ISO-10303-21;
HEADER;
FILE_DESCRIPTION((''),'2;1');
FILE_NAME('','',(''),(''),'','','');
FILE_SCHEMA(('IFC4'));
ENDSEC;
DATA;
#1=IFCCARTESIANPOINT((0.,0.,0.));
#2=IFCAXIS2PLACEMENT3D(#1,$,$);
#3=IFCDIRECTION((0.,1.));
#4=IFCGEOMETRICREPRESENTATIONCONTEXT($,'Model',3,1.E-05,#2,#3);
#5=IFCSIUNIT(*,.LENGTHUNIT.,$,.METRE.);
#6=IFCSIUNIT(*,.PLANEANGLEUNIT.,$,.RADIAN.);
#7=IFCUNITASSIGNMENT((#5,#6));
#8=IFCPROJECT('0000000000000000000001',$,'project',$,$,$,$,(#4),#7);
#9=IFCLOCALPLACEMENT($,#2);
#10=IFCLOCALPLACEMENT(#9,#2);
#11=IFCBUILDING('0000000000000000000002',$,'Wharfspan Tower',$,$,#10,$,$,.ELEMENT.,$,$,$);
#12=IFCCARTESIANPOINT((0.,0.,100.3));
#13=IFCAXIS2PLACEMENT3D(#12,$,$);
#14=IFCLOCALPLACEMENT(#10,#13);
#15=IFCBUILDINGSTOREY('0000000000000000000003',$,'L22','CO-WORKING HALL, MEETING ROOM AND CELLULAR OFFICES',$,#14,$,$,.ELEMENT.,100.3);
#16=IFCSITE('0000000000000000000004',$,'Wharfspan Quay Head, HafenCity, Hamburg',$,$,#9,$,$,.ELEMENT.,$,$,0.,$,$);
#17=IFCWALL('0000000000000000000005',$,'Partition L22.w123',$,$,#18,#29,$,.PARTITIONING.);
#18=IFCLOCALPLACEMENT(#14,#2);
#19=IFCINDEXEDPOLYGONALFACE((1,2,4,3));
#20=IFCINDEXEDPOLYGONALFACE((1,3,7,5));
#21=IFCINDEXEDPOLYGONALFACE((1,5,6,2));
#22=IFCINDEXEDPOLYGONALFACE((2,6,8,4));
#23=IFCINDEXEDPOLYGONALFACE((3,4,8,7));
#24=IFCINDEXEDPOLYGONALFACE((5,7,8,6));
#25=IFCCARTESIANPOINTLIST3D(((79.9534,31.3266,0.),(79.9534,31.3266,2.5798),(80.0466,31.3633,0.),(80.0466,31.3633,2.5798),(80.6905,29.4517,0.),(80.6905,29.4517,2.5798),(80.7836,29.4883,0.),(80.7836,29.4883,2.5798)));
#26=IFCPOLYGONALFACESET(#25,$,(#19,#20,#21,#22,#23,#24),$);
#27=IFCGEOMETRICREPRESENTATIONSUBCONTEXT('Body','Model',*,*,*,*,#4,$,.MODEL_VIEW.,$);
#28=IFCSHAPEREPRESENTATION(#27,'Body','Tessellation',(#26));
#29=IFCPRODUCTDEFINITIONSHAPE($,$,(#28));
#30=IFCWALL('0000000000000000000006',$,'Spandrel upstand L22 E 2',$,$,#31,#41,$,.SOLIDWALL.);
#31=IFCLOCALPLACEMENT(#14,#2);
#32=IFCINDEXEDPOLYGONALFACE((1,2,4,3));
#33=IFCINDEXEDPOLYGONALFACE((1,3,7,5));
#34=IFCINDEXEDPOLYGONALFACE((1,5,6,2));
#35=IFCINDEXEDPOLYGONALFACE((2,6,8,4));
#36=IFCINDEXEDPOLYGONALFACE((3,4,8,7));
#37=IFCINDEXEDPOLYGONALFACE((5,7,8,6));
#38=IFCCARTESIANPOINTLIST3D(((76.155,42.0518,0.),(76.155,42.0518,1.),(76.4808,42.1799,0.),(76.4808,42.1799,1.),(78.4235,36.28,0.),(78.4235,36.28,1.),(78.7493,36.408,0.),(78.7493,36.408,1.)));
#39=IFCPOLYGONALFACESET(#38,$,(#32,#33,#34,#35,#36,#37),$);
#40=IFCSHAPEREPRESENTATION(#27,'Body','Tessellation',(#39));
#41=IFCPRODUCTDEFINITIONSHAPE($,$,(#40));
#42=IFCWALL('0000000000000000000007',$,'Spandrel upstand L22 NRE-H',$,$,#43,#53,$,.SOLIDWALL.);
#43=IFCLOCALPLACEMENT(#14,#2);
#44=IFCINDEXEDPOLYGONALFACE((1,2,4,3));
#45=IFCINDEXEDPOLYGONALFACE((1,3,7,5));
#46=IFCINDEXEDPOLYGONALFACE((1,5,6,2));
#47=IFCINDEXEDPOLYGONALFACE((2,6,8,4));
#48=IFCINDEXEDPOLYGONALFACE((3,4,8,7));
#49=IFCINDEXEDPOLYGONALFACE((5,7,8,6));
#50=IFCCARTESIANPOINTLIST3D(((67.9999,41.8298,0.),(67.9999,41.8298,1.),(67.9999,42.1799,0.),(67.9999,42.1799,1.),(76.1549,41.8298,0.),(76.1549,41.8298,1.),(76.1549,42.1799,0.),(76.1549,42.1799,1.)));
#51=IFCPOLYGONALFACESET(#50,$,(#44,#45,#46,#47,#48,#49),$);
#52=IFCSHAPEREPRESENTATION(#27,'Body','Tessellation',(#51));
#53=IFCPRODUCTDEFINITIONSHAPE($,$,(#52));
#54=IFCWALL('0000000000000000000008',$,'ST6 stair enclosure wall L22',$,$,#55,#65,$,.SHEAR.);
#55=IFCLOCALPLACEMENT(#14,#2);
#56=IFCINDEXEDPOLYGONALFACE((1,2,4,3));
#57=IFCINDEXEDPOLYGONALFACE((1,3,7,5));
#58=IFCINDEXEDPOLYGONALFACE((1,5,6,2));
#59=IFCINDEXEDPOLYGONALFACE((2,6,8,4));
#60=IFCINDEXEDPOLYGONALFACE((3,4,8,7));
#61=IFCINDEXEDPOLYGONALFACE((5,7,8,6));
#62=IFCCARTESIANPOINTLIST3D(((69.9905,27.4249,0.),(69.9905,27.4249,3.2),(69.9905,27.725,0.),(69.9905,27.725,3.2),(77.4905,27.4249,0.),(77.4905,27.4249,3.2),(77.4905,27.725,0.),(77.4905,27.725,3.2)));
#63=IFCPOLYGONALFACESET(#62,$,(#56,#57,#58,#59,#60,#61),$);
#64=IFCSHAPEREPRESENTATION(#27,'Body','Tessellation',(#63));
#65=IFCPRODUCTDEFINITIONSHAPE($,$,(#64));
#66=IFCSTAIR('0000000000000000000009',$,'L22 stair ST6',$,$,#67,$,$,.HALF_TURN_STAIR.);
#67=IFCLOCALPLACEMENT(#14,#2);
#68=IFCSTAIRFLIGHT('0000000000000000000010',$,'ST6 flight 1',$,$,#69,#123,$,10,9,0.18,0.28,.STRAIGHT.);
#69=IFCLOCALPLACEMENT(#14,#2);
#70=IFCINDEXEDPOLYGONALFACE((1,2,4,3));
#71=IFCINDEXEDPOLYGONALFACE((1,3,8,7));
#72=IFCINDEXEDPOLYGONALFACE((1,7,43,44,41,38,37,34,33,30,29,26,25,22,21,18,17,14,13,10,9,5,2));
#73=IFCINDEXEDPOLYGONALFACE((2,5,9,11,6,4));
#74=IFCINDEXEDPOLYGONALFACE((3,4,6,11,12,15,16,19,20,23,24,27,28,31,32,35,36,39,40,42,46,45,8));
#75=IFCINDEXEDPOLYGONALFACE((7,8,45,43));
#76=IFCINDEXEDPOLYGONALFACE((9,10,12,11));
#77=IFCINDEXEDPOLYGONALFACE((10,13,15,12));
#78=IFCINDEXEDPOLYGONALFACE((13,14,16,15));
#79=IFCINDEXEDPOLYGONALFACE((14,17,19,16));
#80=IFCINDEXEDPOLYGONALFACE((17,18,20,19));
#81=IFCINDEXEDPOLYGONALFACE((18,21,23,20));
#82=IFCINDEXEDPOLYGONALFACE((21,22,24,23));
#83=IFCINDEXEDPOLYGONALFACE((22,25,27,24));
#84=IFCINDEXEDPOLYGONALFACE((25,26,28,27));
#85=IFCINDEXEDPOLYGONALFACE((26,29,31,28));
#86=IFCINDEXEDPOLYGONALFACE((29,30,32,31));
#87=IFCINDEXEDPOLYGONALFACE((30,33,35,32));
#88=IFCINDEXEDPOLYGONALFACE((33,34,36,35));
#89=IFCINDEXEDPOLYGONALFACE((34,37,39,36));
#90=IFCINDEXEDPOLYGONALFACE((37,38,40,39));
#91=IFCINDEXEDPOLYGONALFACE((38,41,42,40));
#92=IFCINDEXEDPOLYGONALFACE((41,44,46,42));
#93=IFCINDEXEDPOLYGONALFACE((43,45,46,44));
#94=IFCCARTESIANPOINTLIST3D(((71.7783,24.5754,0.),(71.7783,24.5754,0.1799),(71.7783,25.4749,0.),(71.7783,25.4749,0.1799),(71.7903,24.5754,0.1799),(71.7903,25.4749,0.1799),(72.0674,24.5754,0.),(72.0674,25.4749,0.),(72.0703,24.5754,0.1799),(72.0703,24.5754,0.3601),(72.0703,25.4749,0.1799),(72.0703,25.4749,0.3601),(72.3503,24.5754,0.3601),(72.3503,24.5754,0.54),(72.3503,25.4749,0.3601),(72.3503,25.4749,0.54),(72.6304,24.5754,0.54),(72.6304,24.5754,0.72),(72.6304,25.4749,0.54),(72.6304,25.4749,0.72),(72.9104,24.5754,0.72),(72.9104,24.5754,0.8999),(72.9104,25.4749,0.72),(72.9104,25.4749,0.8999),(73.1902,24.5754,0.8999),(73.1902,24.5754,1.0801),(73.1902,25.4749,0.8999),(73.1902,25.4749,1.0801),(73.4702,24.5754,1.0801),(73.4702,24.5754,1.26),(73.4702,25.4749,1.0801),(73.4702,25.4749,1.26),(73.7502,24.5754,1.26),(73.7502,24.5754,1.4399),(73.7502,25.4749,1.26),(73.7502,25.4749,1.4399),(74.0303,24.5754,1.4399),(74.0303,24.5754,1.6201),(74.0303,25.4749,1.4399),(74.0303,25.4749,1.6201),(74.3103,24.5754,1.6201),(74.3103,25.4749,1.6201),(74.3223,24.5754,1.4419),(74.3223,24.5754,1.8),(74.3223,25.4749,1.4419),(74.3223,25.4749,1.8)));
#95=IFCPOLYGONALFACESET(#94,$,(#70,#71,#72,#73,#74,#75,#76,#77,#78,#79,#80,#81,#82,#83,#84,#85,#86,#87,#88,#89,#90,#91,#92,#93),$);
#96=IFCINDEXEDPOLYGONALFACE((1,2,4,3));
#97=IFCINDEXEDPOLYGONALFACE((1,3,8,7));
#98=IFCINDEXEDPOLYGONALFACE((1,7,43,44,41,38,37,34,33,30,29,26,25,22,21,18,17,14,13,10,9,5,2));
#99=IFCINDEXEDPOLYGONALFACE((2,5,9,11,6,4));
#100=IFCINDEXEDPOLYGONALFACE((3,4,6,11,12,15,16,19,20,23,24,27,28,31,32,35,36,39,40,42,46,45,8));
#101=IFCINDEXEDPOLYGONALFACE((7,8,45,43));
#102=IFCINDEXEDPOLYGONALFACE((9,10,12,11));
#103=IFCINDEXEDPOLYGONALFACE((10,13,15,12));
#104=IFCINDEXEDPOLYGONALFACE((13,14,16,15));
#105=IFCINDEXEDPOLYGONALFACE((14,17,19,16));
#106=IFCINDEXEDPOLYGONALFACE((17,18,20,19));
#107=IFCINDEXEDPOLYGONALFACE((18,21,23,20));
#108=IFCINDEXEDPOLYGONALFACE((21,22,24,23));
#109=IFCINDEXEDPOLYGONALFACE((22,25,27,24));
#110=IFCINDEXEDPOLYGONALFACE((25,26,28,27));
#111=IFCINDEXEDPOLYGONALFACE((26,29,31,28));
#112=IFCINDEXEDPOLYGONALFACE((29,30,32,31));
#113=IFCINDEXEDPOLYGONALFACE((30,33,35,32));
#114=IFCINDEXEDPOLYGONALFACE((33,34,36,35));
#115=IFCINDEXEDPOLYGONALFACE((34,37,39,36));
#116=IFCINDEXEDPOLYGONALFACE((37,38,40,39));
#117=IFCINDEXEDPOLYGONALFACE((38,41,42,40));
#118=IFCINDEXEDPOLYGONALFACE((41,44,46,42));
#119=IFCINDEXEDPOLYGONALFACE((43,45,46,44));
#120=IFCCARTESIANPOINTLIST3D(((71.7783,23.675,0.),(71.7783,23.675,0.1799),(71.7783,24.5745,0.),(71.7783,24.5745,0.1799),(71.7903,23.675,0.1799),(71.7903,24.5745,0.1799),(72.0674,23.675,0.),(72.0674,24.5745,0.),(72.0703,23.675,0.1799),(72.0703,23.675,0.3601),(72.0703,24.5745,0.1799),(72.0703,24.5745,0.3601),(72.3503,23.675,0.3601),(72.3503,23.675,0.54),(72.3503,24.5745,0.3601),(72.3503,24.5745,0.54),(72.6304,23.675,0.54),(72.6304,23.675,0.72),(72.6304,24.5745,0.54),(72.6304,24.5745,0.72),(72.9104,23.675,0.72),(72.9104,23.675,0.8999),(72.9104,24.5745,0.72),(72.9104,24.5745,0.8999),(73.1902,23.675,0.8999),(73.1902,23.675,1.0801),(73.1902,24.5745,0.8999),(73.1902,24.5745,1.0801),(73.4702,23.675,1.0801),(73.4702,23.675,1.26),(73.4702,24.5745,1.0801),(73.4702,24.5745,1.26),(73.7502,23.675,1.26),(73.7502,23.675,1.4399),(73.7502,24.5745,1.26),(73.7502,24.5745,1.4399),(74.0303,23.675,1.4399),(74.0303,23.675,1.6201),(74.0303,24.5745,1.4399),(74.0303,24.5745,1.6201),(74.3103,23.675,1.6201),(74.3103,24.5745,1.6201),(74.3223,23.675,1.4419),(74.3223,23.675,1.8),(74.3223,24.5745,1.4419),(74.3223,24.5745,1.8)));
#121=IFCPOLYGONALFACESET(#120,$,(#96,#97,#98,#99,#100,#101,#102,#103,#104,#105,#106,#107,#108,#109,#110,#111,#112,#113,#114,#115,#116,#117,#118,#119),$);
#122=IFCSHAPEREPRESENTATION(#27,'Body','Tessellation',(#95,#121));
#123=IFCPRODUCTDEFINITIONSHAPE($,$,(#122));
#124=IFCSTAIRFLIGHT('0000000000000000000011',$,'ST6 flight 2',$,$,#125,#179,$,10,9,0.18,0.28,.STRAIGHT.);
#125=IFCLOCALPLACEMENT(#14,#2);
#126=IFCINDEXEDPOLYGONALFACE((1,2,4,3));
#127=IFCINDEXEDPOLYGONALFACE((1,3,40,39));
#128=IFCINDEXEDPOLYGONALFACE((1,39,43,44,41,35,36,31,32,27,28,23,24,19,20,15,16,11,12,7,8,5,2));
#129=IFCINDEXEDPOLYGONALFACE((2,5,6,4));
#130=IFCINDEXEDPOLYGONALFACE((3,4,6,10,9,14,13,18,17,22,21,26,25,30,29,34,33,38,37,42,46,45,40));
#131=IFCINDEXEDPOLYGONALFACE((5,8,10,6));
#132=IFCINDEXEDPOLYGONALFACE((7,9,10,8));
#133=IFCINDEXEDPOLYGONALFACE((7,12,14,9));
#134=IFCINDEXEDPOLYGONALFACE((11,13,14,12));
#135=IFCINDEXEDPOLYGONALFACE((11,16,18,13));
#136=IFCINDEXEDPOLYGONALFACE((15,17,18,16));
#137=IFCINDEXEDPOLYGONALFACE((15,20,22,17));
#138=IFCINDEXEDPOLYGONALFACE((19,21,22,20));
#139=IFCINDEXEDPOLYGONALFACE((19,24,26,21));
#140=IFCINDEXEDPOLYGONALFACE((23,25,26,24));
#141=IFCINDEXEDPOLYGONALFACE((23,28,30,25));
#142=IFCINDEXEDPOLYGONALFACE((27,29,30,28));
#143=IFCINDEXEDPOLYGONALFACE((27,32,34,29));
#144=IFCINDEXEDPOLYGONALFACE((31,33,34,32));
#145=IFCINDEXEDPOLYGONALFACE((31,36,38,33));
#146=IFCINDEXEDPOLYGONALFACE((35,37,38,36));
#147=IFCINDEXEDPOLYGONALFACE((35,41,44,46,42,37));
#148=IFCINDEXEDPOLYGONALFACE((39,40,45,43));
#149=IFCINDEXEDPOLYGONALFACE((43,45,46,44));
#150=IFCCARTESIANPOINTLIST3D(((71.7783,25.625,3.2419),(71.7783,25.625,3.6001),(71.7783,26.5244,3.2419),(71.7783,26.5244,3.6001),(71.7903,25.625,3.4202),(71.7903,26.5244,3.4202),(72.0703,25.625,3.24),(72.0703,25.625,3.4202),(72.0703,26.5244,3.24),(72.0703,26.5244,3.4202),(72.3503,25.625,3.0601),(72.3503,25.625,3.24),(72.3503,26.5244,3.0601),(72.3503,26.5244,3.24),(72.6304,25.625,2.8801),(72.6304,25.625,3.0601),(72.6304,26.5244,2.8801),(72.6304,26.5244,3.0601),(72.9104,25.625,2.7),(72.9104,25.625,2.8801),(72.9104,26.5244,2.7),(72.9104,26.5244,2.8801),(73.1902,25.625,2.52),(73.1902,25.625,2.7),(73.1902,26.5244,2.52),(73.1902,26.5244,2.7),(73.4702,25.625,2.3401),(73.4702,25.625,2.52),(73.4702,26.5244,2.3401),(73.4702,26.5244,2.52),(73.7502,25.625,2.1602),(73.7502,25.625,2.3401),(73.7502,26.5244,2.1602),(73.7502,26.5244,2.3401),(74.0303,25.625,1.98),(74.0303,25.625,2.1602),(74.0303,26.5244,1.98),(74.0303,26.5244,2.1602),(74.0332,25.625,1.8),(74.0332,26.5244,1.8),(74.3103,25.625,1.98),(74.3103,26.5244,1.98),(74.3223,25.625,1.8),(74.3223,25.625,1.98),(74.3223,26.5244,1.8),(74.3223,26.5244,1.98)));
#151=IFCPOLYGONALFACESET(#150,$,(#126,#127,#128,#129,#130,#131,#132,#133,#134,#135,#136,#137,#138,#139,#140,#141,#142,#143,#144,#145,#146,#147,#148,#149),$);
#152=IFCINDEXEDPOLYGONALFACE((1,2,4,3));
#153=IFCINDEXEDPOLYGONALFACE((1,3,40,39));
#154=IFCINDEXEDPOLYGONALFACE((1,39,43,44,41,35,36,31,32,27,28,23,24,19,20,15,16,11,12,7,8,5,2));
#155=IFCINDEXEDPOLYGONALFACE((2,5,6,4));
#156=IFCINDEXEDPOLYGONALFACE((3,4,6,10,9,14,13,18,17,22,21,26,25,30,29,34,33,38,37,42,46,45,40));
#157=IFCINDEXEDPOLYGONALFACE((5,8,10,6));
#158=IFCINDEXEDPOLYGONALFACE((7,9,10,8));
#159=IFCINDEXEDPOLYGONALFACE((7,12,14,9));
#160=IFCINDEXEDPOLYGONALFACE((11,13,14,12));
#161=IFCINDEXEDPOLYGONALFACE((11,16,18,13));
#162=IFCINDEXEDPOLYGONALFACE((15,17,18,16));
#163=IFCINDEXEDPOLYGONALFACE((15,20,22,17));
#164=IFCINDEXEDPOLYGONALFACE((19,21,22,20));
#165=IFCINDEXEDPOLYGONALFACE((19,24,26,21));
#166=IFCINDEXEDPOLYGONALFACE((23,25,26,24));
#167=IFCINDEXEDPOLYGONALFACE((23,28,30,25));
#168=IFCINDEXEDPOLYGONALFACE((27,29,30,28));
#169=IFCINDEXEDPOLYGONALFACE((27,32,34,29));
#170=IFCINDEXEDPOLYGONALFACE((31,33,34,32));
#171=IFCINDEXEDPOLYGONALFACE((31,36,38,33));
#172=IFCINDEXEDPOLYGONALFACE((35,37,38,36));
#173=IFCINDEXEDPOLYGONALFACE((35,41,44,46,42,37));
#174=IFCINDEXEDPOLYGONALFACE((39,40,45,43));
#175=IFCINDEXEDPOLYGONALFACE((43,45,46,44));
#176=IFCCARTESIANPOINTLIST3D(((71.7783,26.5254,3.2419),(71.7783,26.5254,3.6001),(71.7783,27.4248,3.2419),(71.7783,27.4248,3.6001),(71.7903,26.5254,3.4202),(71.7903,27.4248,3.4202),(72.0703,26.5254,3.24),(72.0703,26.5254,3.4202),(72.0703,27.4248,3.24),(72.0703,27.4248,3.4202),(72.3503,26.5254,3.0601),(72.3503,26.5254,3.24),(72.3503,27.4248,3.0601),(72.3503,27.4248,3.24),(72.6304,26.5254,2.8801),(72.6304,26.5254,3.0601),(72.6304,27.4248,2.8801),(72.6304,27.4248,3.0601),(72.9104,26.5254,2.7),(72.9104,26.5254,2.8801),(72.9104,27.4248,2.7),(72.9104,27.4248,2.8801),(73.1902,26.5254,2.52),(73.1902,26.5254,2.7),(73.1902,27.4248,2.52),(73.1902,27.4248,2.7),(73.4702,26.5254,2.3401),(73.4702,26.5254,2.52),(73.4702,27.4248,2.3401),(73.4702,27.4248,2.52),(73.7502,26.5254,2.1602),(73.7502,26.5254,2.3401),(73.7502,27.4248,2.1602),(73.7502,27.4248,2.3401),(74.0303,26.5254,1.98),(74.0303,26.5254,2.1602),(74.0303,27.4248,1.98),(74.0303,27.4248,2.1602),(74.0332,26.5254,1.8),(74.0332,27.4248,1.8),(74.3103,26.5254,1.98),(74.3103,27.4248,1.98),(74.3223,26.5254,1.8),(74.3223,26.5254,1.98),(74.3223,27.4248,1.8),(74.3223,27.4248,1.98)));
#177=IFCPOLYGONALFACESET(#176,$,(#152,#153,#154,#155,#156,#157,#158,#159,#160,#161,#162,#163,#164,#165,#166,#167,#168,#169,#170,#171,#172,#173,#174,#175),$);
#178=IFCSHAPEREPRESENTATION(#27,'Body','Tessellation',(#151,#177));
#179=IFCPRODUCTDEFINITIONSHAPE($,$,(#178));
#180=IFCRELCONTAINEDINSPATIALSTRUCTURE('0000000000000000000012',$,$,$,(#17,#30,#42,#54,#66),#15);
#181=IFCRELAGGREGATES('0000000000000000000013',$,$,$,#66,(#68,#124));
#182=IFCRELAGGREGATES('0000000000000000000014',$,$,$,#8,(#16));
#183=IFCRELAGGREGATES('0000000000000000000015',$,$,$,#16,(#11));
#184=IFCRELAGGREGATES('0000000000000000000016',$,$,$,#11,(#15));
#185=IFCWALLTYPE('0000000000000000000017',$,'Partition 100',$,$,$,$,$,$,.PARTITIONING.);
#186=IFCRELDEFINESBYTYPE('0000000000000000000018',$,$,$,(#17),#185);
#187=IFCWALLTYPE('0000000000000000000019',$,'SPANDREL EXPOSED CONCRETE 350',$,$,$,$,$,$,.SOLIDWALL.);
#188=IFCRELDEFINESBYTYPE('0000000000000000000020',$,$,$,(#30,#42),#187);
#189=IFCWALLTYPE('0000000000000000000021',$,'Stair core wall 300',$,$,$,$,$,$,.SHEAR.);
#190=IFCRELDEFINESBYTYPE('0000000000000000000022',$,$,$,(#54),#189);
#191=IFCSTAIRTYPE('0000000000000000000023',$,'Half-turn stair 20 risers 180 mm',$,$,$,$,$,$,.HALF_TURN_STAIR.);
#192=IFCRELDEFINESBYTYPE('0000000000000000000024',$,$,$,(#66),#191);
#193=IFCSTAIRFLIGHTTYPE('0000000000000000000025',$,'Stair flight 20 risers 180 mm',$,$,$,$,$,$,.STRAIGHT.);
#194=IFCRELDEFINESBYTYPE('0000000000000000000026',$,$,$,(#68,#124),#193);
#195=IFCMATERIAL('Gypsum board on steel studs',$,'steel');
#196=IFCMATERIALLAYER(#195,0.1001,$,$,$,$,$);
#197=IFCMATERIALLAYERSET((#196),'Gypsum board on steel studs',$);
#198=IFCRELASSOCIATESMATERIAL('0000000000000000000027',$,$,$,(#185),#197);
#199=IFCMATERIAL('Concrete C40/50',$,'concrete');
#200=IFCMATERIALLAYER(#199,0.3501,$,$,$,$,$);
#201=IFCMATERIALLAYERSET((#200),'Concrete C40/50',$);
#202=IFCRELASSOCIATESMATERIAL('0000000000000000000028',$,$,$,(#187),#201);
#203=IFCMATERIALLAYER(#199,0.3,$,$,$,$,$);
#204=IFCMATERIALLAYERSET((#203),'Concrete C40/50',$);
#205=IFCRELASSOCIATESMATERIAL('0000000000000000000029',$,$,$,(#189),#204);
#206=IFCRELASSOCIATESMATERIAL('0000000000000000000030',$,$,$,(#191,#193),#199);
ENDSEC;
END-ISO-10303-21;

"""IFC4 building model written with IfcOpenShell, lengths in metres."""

from ifc_helpers import new_model, si_unit, direction, frame, frame_2d, origin, place, context, subcontext, project, spatial, polyline, rectangle, outline, extrude, material, layer, layer_set, type_object, element, aggregate, save


model = new_model("IFC4")

# Units and contexts
model_context = context("Model", 3, precision=1e-05, world=origin(), true_north=direction((0.0, 1.0)))
body_context = subcontext(model_context, "Body", "Model", "MODEL_VIEW")
ifc_project = project(units=[si_unit("LENGTHUNIT", "METRE"), si_unit("PLANEANGLEUNIT", "RADIAN")], contexts=[model_context])

# Site, building, storey
site_placement = place(None, origin())
site = spatial("IfcSite", under=ifc_project, at=site_placement, Name="Wharfspan Quay Head, HafenCity, Hamburg", CompositionType="ELEMENT", RefElevation=0.0)
building_placement = place(site_placement, origin())
building = spatial("IfcBuilding", under=site, at=building_placement, Name="Wharfspan Tower", CompositionType="ELEMENT")
storey_placement = place(building_placement, frame((0.0, 0.0, 100.3)))
storey = spatial("IfcBuildingStorey", under=building, at=storey_placement, Name="L22", Description="CO-WORKING HALL, MEETING ROOM AND CELLULAR OFFICES", CompositionType="ELEMENT", Elevation=100.3)

# Walls
ifc_material_1 = material(Name="Gypsum board on steel studs", Category="steel")
ifc_layer_1 = layer(ifc_material_1, 0.1001)
ifc_layer_set_1 = layer_set([ifc_layer_1], Name="Gypsum board on steel studs")
wall_type_1 = type_object("IfcWallType", Name="Partition 100", PredefinedType="PARTITIONING", material=ifc_layer_set_1)
wall_1_placement = place(storey_placement, frame((80.7371, 29.47, 0.0), z_axis=(0.0, 0.0, 1.0), x_axis=(-0.365847, 0.930674, 0.0)))
element("IfcWall", 1, at=wall_1_placement, inside=storey, type_object=wall_type_1, Name="Partition L22.w123", PredefinedType="PARTITIONING", context=body_context, shape_type="SweptSolid", body=[
    extrude(rectangle(XDim=2.0146, YDim=0.1001, at=frame_2d((1.0073, 0.0))), origin(), (0.0, 0.0, 1.0), 2.5798),
])
ifc_material_2 = material(Name="Concrete C40/50", Category="concrete")
ifc_layer_2 = layer(ifc_material_2, 0.3501)
ifc_layer_set_2 = layer_set([ifc_layer_2], Name="Concrete C40/50")
wall_type_2 = type_object("IfcWallType", Name="SPANDREL EXPOSED CONCRETE 350", PredefinedType="SOLIDWALL", material=ifc_layer_set_2)
wall_2_placement = place(storey_placement, frame((78.5864, 36.344, 0.0), z_axis=(0.0, 0.0, 1.0), x_axis=(-0.365792, 0.930699, 0.0)))
element("IfcWall", 2, at=wall_2_placement, inside=storey, type_object=wall_type_2, Name="Spandrel upstand L22 E 2", PredefinedType="SOLIDWALL", context=body_context, shape_type="SweptSolid", body=[
    extrude(rectangle(XDim=6.2017, YDim=0.3501, at=frame_2d((3.1008, 0.0))), origin(), (0.0, 0.0, 1.0), 1.0),
])
wall_3_placement = place(storey_placement, frame((76.155, 42.0049, 0.0), z_axis=(0.0, 0.0, 1.0), x_axis=(-1.0, 0.0, 0.0)))
element("IfcWall", 3, at=wall_3_placement, inside=storey, type_object=wall_type_2, Name="Spandrel upstand L22 NRE-H", PredefinedType="SOLIDWALL", context=body_context, shape_type="SweptSolid", body=[
    extrude(rectangle(XDim=8.155, YDim=0.3501, at=frame_2d((4.0776, 0.0))), origin(), (0.0, 0.0, 1.0), 1.0),
])
ifc_layer_3 = layer(ifc_material_2, 0.3)
ifc_layer_set_3 = layer_set([ifc_layer_3], Name="Concrete C40/50")
wall_type_3 = type_object("IfcWallType", Name="Stair core wall 300", PredefinedType="SHEAR", material=ifc_layer_set_3)
wall_4_placement = place(storey_placement, frame((69.9905, 27.575, 0.0), z_axis=(0.0, 0.0, 1.0), x_axis=(1.0, 0.0, 0.0)))
element("IfcWall", 4, at=wall_4_placement, inside=storey, type_object=wall_type_3, Name="ST6 stair enclosure wall L22", PredefinedType="SHEAR", context=body_context, shape_type="SweptSolid", body=[
    extrude(rectangle(XDim=7.5, YDim=0.3, at=frame_2d((3.75, 0.0))), origin(), (0.0, 0.0, 1.0), 3.2),
])

# Stair, stair flights
stair_type = type_object("IfcStairType", Name="Half-turn stair 20 risers 180 mm", PredefinedType="HALF_TURN_STAIR", material=ifc_material_2)
stair_placement = place(storey_placement, origin())
stair = element("IfcStair", 5, at=stair_placement, inside=storey, type_object=stair_type, Name="L22 stair ST6", PredefinedType="HALF_TURN_STAIR")
stair_flight_type = type_object("IfcStairFlightType", Name="Stair flight 20 risers 180 mm", PredefinedType="STRAIGHT", material=ifc_material_2)
stair_flight_1_placement = place(storey_placement, frame((71.7903, 24.575, 0.0), z_axis=(0.0, 0.0, 1.0), x_axis=(1.0, 0.0, 0.0)))
stair_flight_1 = element("IfcStairFlight", 6, at=stair_flight_1_placement, type_object=stair_flight_type, Name="ST6 flight 1", NumberOfRisers=10, NumberOfTreads=9, PredefinedType="STRAIGHT", RiserHeight=0.18, TreadLength=0.28, context=body_context, shape_type="SweptSolid", body=[
    extrude(outline(polyline([(-0.012, 0.0), (-0.012, 0.1799), (0.0, 0.1799), (0.28, 0.1799), (0.28, 0.3601), (0.5601, 0.3601), (0.5601, 0.54), (0.8401, 0.54), (0.8401, 0.72), (1.1201, 0.72), (1.1201, 0.8999), (1.3999, 0.8999), (1.3999, 1.0801), (1.6799, 1.0801), (1.6799, 1.26), (1.96, 1.26), (1.96, 1.4399), (2.24, 1.4399), (2.24, 1.6201), (2.52, 1.6201), (2.532, 1.8), (2.532, 1.4419), (0.2771, 0.0), (-0.012, 0.0)])), frame((0.0, 0.8999, 0.0), z_axis=(0.0, -1.0, 0.0), x_axis=(1.0, 0.0, 0.0)), (0.0, 0.0, 1.0), 0.8994),
    extrude(outline(polyline([(-0.012, 0.0), (-0.012, 0.1799), (0.0, 0.1799), (0.28, 0.1799), (0.28, 0.3601), (0.5601, 0.3601), (0.5601, 0.54), (0.8401, 0.54), (0.8401, 0.72), (1.1201, 0.72), (1.1201, 0.8999), (1.3999, 0.8999), (1.3999, 1.0801), (1.6799, 1.0801), (1.6799, 1.26), (1.96, 1.26), (1.96, 1.4399), (2.24, 1.4399), (2.24, 1.6201), (2.52, 1.6201), (2.532, 1.8), (2.532, 1.4419), (0.2771, 0.0), (-0.012, 0.0)])), frame((0.0, -0.0005, 0.0), z_axis=(0.0, -1.0, 0.0), x_axis=(1.0, 0.0, 0.0)), (0.0, 0.0, 1.0), 0.8994),
])
stair_flight_2_placement = place(storey_placement, frame((74.3103, 26.5249, 1.8), z_axis=(0.0, 0.0, 1.0), x_axis=(-1.0, 0.0, 0.0)))
stair_flight_2 = element("IfcStairFlight", 7, at=stair_flight_2_placement, type_object=stair_flight_type, Name="ST6 flight 2", NumberOfRisers=10, NumberOfTreads=9, PredefinedType="STRAIGHT", RiserHeight=0.18, TreadLength=0.28, context=body_context, shape_type="SweptSolid", body=[
    extrude(outline(polyline([(-0.012, 0.0), (-0.012, 0.1799), (0.0, 0.1799), (0.28, 0.1799), (0.28, 0.3601), (0.5601, 0.3601), (0.5601, 0.54), (0.8401, 0.54), (0.8401, 0.72), (1.1201, 0.72), (1.1201, 0.8999), (1.3999, 0.8999), (1.3999, 1.0801), (1.6799, 1.0801), (1.6799, 1.26), (1.96, 1.26), (1.96, 1.4399), (2.24, 1.4399), (2.24, 1.6201), (2.52, 1.6201), (2.532, 1.8), (2.532, 1.4419), (0.2771, 0.0), (-0.012, 0.0)])), frame((0.0, 0.8999, 0.0), z_axis=(0.0, -1.0, 0.0), x_axis=(1.0, 0.0, 0.0)), (0.0, 0.0, 1.0), 0.8994),
    extrude(outline(polyline([(-0.012, 0.0), (-0.012, 0.1799), (0.0, 0.1799), (0.28, 0.1799), (0.28, 0.3601), (0.5601, 0.3601), (0.5601, 0.54), (0.8401, 0.54), (0.8401, 0.72), (1.1201, 0.72), (1.1201, 0.8999), (1.3999, 0.8999), (1.3999, 1.0801), (1.6799, 1.0801), (1.6799, 1.26), (1.96, 1.26), (1.96, 1.4399), (2.24, 1.4399), (2.24, 1.6201), (2.52, 1.6201), (2.532, 1.8), (2.532, 1.4419), (0.2771, 0.0), (-0.012, 0.0)])), frame((0.0, -0.0005, 0.0), z_axis=(0.0, -1.0, 0.0), x_axis=(1.0, 0.0, 0.0)), (0.0, 0.0, 1.0), 0.8994),
])
aggregate(stair, [stair_flight_1, stair_flight_2])

save(model, "model.ifc")
